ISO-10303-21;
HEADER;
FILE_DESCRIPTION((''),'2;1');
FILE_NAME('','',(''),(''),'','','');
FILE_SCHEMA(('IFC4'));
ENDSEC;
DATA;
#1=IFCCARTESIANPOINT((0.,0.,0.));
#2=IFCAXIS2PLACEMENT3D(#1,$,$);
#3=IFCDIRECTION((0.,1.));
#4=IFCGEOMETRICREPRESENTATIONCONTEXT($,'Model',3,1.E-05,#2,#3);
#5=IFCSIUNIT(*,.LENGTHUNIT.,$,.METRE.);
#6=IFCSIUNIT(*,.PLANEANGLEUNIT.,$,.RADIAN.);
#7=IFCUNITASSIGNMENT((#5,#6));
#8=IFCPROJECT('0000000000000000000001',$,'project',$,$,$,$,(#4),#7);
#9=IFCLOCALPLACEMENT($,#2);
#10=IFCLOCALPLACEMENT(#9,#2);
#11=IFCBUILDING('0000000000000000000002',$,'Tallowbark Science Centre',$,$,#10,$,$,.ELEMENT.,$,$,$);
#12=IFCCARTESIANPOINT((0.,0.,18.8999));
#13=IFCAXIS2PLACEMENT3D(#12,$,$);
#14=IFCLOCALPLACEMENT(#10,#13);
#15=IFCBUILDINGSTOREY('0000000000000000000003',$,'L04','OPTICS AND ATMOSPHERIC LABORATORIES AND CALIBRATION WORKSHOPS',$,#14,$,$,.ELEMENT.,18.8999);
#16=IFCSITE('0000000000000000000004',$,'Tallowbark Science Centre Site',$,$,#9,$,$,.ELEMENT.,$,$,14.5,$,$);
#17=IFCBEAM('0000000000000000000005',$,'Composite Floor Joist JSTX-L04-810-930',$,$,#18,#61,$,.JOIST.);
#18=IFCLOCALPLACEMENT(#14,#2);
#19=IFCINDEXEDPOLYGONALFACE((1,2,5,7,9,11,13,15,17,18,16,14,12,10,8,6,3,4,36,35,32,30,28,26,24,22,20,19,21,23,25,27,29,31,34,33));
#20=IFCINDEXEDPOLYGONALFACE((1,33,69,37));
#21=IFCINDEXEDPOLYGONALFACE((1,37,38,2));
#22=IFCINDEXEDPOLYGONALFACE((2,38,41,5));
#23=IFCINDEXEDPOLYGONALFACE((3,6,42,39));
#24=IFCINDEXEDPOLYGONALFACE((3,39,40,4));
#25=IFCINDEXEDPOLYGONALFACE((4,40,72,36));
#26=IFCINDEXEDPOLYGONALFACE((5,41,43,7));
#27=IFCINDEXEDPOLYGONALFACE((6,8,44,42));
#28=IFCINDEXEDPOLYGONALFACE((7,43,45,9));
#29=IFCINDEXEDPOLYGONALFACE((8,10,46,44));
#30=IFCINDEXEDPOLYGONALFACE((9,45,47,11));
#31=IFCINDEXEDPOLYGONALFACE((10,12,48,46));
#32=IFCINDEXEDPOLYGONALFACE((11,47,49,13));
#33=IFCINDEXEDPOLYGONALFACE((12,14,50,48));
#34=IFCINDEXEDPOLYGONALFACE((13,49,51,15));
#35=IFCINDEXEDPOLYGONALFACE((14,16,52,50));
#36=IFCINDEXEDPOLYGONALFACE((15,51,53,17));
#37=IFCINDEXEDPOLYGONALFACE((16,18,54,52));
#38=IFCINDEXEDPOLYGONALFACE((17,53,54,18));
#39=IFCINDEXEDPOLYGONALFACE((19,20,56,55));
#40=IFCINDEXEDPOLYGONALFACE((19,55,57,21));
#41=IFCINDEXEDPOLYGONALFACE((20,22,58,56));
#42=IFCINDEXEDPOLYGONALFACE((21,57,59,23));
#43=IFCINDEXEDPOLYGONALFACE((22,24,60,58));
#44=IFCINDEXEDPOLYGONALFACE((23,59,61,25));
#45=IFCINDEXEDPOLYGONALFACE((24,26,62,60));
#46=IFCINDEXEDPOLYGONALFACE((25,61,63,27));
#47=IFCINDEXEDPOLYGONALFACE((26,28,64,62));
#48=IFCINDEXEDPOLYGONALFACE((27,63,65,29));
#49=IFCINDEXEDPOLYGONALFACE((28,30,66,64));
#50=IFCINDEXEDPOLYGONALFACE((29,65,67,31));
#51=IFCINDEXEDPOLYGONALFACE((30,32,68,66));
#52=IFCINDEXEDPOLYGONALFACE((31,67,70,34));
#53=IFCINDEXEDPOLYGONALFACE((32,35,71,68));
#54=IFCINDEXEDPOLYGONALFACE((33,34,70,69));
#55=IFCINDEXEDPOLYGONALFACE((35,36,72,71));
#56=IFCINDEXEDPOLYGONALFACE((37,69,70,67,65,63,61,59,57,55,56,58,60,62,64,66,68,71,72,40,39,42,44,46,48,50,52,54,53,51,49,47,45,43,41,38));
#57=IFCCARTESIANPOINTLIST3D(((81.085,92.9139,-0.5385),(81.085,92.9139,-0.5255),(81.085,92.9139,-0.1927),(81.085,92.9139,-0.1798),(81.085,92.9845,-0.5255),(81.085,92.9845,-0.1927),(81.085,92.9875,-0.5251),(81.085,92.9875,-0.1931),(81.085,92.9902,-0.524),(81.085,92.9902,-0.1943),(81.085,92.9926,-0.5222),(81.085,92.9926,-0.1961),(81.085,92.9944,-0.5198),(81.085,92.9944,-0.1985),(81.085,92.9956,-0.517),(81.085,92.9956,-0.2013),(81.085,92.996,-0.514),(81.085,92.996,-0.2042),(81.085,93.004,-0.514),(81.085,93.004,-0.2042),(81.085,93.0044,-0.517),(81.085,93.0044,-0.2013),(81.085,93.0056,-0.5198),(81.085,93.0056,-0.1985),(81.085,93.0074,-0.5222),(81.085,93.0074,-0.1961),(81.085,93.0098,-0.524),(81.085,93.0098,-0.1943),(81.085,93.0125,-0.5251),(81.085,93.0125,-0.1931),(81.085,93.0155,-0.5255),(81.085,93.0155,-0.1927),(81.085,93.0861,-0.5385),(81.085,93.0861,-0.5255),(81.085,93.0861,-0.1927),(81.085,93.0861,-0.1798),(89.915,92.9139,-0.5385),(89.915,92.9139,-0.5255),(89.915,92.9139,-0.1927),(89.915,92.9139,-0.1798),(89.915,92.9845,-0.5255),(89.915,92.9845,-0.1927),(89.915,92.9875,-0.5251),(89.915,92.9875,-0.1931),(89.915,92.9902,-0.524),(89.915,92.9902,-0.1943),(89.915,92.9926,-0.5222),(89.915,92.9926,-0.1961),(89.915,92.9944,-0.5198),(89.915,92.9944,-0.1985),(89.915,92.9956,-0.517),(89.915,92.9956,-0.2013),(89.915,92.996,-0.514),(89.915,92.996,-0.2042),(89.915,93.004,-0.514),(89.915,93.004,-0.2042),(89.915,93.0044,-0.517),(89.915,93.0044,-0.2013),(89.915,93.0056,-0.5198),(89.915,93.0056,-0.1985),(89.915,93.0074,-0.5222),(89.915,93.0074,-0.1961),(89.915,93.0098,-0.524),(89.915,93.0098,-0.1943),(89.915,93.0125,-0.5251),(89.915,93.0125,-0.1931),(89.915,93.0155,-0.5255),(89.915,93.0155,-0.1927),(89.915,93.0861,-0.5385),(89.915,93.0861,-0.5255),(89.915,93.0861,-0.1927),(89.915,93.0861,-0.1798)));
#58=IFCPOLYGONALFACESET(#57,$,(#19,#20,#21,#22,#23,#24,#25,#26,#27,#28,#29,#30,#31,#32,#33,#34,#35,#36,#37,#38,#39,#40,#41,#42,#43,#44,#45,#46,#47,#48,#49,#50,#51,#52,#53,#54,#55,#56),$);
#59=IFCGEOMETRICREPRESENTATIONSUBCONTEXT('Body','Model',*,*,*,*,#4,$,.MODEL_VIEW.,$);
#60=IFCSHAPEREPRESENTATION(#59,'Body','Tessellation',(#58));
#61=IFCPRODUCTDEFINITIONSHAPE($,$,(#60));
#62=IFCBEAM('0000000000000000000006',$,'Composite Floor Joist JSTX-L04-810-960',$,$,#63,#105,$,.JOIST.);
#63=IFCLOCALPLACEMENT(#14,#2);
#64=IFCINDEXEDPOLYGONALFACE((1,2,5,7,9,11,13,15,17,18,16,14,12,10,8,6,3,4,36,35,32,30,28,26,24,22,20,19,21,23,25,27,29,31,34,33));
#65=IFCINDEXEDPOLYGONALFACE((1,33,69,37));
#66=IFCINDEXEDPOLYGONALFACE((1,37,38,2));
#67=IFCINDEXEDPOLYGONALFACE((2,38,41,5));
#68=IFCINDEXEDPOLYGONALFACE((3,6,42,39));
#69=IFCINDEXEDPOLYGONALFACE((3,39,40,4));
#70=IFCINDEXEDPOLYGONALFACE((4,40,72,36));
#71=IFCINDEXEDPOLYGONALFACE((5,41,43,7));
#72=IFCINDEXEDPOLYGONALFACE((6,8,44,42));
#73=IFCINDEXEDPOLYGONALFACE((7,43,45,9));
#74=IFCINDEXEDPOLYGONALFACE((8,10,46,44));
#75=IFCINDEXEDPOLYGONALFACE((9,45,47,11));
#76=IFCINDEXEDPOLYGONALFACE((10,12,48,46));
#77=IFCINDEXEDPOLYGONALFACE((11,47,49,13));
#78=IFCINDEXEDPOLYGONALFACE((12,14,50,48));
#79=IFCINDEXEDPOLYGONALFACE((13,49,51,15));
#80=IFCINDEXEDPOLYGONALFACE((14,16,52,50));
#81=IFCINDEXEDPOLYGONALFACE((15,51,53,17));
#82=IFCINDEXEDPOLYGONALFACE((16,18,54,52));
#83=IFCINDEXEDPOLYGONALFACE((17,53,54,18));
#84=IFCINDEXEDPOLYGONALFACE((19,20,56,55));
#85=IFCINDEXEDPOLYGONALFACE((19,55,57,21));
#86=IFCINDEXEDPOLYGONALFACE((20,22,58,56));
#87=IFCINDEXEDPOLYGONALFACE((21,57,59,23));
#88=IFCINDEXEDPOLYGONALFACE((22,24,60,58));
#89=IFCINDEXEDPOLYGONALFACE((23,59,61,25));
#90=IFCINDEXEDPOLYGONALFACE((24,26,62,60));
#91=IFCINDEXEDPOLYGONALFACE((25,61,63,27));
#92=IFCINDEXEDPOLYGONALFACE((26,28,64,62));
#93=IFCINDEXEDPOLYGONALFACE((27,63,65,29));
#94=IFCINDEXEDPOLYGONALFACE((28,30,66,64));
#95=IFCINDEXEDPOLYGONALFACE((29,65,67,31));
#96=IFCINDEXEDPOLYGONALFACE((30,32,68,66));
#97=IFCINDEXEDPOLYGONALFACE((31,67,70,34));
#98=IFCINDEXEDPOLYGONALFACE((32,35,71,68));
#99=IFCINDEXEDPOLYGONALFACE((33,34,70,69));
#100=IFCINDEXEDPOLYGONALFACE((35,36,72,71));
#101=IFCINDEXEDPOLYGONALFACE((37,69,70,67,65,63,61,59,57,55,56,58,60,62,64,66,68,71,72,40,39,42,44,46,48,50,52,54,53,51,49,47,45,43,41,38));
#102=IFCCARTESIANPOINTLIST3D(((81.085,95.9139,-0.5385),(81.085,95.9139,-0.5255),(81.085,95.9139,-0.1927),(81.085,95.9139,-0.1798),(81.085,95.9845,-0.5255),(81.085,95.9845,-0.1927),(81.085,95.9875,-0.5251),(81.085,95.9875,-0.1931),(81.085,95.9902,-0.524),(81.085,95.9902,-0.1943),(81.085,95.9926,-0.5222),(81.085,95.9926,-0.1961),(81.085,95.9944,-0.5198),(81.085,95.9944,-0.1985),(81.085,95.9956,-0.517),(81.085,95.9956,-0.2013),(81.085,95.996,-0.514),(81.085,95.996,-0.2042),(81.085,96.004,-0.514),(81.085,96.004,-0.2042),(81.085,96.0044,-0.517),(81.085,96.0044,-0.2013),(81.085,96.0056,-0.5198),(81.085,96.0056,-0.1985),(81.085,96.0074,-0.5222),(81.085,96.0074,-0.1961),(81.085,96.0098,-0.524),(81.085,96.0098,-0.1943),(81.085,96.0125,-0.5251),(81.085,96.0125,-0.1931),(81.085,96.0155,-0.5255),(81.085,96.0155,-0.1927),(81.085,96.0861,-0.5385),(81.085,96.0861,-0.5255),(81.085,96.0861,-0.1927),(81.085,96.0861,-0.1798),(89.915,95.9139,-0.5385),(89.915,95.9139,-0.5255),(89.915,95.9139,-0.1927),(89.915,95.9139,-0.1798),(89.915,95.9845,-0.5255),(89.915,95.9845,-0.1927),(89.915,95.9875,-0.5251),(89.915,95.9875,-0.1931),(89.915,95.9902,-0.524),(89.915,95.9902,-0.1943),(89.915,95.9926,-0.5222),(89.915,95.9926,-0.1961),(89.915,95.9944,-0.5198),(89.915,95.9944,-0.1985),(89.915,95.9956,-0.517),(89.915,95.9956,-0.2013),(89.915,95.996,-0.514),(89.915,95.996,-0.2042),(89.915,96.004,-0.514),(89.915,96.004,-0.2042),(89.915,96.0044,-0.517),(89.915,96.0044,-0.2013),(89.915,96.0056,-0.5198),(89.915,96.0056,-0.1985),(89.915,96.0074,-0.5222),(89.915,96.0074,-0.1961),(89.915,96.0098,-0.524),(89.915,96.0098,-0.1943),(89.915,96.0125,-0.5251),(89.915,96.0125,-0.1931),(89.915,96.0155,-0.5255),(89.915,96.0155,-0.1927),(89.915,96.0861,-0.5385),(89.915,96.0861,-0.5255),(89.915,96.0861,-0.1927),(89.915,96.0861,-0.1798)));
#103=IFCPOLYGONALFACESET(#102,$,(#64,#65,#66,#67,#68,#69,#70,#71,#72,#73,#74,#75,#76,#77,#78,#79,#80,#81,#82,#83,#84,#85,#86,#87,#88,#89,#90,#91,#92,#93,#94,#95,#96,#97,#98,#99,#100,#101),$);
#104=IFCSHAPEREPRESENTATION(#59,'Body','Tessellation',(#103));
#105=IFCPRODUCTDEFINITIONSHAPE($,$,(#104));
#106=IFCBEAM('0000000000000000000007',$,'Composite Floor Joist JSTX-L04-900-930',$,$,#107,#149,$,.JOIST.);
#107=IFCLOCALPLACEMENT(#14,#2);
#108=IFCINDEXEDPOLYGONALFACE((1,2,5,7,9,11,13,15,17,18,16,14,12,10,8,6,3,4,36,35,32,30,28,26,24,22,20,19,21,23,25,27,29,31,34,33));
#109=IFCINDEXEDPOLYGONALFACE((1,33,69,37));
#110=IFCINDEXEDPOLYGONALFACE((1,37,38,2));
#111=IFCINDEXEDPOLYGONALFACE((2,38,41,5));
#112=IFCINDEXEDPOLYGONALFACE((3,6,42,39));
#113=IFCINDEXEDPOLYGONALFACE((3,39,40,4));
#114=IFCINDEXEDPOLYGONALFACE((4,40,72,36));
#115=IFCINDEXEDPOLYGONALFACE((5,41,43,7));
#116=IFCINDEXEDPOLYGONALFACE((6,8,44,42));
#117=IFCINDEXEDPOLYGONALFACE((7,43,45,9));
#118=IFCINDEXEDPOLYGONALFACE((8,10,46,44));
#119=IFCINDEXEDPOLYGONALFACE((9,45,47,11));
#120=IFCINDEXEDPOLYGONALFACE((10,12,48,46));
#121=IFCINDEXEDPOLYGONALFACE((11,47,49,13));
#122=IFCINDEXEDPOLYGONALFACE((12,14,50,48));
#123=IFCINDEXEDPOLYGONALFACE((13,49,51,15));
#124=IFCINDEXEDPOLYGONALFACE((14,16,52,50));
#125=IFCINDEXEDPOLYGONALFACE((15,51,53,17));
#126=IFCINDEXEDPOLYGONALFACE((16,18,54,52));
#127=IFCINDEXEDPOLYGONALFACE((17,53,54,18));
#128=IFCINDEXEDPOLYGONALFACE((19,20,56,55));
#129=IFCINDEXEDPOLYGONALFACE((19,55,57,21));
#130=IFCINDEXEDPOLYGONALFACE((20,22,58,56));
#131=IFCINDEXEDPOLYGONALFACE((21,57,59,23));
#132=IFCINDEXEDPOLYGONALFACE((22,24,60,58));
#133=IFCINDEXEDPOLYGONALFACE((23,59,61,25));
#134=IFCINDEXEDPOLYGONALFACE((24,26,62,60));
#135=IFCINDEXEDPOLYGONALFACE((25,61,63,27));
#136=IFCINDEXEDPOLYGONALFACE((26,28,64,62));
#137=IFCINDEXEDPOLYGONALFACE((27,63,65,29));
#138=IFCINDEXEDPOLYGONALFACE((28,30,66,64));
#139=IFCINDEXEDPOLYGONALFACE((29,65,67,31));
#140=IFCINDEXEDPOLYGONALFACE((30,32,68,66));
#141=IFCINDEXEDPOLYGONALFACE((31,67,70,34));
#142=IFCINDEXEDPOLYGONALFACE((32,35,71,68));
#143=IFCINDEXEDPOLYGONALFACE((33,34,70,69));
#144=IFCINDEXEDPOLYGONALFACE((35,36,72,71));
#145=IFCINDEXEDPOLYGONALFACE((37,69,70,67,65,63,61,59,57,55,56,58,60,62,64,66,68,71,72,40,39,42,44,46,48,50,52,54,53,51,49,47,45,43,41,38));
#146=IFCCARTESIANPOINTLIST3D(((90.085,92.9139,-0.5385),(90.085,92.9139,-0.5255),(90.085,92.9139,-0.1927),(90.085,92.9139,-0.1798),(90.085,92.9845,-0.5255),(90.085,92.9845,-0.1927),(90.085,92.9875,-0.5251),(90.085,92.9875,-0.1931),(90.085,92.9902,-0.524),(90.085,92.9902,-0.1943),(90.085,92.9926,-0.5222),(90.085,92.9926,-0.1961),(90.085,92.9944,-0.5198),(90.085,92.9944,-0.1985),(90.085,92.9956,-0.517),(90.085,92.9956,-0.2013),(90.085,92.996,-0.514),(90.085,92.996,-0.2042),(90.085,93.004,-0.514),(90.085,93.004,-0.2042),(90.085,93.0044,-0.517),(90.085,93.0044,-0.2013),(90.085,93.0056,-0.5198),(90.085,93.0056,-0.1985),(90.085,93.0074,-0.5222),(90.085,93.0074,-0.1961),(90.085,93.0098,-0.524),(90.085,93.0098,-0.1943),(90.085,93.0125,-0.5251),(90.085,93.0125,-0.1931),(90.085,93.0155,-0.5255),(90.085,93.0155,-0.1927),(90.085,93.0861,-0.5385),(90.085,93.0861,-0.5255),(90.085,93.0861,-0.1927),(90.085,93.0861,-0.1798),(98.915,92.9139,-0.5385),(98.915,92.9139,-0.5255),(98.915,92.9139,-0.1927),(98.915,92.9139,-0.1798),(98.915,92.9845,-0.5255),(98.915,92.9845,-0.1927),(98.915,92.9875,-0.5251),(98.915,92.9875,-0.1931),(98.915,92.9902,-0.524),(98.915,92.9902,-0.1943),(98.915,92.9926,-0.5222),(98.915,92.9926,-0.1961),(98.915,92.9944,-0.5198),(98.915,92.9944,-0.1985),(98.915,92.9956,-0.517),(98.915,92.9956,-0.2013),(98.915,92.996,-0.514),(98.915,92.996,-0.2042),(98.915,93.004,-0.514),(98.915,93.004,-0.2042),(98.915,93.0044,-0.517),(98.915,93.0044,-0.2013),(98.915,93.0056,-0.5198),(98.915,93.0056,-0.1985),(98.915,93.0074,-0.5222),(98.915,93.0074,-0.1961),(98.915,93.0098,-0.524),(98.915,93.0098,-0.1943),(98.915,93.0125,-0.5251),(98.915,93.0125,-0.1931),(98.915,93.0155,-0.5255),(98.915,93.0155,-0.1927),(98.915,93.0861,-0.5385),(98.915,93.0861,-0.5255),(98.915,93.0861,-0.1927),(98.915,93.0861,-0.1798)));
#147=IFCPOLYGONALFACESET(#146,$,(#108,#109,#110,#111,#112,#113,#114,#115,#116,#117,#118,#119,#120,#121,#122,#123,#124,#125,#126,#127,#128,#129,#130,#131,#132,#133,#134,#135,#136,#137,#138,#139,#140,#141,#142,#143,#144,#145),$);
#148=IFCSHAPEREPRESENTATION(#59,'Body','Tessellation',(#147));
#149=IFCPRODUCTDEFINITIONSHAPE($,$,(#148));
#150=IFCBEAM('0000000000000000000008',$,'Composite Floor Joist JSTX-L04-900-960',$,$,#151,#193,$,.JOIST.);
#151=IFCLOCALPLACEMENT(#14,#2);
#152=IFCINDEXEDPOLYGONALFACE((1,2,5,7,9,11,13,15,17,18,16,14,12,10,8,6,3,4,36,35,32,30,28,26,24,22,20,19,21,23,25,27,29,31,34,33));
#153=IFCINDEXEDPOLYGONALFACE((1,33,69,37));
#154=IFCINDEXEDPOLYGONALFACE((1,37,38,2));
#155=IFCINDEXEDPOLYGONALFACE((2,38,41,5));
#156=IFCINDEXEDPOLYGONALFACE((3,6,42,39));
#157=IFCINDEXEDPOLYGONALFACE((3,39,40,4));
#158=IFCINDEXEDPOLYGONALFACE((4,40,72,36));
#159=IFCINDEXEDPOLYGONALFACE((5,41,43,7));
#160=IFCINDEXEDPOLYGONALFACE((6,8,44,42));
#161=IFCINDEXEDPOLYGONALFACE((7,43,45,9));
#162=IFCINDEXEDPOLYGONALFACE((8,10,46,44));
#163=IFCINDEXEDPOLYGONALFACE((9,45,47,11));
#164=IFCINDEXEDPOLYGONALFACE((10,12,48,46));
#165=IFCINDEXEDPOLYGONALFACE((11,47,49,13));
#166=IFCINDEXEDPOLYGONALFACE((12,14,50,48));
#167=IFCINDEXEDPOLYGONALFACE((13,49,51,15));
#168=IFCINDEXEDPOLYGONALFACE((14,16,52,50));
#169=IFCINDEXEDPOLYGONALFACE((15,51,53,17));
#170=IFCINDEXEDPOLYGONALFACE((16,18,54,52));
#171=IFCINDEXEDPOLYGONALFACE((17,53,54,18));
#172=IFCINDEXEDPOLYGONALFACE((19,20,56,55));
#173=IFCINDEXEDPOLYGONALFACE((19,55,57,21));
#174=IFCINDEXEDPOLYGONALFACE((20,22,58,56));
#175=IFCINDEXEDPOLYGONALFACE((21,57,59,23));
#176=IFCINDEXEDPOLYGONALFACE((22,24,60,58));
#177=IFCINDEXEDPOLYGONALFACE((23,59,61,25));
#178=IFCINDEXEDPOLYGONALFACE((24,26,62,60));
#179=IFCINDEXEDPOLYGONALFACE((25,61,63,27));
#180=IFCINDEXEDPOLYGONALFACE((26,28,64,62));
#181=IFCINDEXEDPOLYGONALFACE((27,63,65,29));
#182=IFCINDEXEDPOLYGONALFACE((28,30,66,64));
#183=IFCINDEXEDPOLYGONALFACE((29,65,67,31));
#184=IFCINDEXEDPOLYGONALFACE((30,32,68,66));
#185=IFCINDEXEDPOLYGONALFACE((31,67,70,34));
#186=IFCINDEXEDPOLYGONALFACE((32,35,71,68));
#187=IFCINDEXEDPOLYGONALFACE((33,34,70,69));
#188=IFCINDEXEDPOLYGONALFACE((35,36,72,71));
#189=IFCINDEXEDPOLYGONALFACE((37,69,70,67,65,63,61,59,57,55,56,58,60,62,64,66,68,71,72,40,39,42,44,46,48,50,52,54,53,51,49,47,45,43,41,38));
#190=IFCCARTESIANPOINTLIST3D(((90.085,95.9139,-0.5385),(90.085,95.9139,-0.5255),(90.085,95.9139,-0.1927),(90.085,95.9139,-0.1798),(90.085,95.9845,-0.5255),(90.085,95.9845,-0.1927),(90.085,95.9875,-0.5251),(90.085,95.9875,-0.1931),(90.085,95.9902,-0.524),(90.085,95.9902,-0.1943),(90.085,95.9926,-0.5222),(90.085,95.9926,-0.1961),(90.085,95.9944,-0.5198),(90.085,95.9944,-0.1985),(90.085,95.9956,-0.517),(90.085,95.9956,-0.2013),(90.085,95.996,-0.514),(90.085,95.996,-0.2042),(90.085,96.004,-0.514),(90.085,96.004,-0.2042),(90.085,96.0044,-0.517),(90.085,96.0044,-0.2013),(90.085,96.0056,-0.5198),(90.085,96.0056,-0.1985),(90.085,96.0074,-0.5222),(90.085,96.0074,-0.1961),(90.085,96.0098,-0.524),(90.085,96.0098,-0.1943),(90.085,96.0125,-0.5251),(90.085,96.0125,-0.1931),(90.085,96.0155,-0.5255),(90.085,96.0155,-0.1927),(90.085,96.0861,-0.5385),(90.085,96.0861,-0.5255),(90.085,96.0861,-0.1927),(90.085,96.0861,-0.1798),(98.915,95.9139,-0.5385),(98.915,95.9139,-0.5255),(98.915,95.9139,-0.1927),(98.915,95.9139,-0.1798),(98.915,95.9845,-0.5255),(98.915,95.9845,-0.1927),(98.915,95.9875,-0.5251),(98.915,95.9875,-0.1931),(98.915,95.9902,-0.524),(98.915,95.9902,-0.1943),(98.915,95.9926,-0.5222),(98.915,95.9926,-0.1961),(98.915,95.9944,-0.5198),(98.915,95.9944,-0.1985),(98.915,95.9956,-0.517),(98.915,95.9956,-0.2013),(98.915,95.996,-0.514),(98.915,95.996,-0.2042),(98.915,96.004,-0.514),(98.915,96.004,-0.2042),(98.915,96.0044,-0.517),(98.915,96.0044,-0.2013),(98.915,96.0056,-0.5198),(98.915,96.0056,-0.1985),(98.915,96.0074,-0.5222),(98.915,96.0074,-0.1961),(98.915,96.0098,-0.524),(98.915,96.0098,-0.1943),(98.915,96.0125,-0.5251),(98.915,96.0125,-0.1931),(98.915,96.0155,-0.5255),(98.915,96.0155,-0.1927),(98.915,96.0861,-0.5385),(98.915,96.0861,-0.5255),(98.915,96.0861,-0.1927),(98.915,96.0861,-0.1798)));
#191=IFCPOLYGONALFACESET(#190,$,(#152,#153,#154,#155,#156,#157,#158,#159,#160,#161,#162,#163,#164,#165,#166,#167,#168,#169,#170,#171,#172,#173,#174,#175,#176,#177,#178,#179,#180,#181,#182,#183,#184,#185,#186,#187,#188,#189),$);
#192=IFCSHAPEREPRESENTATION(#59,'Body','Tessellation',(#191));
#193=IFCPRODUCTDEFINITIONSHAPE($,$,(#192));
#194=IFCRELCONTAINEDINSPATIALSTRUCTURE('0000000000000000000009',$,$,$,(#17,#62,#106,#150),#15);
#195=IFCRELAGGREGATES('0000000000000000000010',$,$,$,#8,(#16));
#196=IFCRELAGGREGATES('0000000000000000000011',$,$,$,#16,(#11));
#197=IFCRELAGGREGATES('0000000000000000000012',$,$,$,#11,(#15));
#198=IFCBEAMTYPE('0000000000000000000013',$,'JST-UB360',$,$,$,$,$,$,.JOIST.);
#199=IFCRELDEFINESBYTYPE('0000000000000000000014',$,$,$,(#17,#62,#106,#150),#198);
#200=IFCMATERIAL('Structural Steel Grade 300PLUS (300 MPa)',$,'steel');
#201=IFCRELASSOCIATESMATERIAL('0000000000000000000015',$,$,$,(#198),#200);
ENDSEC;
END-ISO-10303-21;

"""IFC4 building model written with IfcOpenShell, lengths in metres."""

from ifc_helpers import new_model, si_unit, direction, frame, origin, origin_2d, place, context, subcontext, project, spatial, i_section, extrude, material, material_profile, profile_set, type_object, element, save


model = new_model("IFC4")

# Units and contexts
model_context = context("Model", 3, precision=1e-05, world=origin(), true_north=direction((0.0, 1.0)))
body_context = subcontext(model_context, "Body", "Model", "MODEL_VIEW")
ifc_project = project(units=[si_unit("LENGTHUNIT", "METRE"), si_unit("PLANEANGLEUNIT", "RADIAN")], contexts=[model_context])

# Site, building, storey
site_placement = place(None, origin())
site = spatial("IfcSite", under=ifc_project, at=site_placement, Name="Tallowbark Science Centre Site", CompositionType="ELEMENT", RefElevation=14.5)
building_placement = place(site_placement, origin())
building = spatial("IfcBuilding", under=site, at=building_placement, Name="Tallowbark Science Centre", CompositionType="ELEMENT")
storey_placement = place(building_placement, frame((0.0, 0.0, 18.8999)))
storey = spatial("IfcBuildingStorey", under=building, at=storey_placement, Name="L04", Description="OPTICS AND ATMOSPHERIC LABORATORIES AND CALIBRATION WORKSHOPS", CompositionType="ELEMENT", Elevation=18.8999)

# Beams
ifc_material = material(Name="Structural Steel Grade 300PLUS (300 MPa)", Category="steel")
ifc_material_profile_1 = material_profile(ifc_material, i_section(OverallWidth=0.1721, OverallDepth=0.3586, WebThickness=0.0081, FlangeThickness=0.0129, FilletRadius=0.0115, at=origin_2d()), Name="360UB56.7")
ifc_profile_set_1 = profile_set([ifc_material_profile_1], Name="Structural Steel Grade 300PLUS (300 MPa)")
beam_type_1 = type_object("IfcBeamType", Name="JST-UB360", PredefinedType="JOIST", material=ifc_profile_set_1)
for number, where, z_axis, x_axis, name in (
    (1, (81.085, 93.0, -0.3591), (1.0, 0.0, 0.0), (0.0, 1.0, 0.0), "Composite Floor Joist JSTX-L04-810-930"),
    (2, (81.085, 96.0, -0.3591), (1.0, 0.0, 0.0), (0.0, 1.0, 0.0), "Composite Floor Joist JSTX-L04-810-960"),
    (3, (90.085, 93.0, -0.3591), (1.0, 0.0, 0.0), (0.0, 1.0, 0.0), "Composite Floor Joist JSTX-L04-900-930"),
    (4, (90.085, 96.0, -0.3591), (1.0, 0.0, 0.0), (0.0, 1.0, 0.0), "Composite Floor Joist JSTX-L04-900-960"),
):
    element("IfcBeam", number, at=place(storey_placement, frame(where, z_axis=z_axis, x_axis=x_axis)), inside=storey, type_object=beam_type_1, Name=name, PredefinedType="JOIST", context=body_context, shape_type="SweptSolid", body=[
        extrude(i_section(OverallWidth=0.1721, OverallDepth=0.3586, WebThickness=0.0081, FlangeThickness=0.0129, FilletRadius=0.0115, at=origin_2d()), origin(), (0.0, 0.0, 1.0), 8.8301),
    ])

save(model, "model.ifc")
